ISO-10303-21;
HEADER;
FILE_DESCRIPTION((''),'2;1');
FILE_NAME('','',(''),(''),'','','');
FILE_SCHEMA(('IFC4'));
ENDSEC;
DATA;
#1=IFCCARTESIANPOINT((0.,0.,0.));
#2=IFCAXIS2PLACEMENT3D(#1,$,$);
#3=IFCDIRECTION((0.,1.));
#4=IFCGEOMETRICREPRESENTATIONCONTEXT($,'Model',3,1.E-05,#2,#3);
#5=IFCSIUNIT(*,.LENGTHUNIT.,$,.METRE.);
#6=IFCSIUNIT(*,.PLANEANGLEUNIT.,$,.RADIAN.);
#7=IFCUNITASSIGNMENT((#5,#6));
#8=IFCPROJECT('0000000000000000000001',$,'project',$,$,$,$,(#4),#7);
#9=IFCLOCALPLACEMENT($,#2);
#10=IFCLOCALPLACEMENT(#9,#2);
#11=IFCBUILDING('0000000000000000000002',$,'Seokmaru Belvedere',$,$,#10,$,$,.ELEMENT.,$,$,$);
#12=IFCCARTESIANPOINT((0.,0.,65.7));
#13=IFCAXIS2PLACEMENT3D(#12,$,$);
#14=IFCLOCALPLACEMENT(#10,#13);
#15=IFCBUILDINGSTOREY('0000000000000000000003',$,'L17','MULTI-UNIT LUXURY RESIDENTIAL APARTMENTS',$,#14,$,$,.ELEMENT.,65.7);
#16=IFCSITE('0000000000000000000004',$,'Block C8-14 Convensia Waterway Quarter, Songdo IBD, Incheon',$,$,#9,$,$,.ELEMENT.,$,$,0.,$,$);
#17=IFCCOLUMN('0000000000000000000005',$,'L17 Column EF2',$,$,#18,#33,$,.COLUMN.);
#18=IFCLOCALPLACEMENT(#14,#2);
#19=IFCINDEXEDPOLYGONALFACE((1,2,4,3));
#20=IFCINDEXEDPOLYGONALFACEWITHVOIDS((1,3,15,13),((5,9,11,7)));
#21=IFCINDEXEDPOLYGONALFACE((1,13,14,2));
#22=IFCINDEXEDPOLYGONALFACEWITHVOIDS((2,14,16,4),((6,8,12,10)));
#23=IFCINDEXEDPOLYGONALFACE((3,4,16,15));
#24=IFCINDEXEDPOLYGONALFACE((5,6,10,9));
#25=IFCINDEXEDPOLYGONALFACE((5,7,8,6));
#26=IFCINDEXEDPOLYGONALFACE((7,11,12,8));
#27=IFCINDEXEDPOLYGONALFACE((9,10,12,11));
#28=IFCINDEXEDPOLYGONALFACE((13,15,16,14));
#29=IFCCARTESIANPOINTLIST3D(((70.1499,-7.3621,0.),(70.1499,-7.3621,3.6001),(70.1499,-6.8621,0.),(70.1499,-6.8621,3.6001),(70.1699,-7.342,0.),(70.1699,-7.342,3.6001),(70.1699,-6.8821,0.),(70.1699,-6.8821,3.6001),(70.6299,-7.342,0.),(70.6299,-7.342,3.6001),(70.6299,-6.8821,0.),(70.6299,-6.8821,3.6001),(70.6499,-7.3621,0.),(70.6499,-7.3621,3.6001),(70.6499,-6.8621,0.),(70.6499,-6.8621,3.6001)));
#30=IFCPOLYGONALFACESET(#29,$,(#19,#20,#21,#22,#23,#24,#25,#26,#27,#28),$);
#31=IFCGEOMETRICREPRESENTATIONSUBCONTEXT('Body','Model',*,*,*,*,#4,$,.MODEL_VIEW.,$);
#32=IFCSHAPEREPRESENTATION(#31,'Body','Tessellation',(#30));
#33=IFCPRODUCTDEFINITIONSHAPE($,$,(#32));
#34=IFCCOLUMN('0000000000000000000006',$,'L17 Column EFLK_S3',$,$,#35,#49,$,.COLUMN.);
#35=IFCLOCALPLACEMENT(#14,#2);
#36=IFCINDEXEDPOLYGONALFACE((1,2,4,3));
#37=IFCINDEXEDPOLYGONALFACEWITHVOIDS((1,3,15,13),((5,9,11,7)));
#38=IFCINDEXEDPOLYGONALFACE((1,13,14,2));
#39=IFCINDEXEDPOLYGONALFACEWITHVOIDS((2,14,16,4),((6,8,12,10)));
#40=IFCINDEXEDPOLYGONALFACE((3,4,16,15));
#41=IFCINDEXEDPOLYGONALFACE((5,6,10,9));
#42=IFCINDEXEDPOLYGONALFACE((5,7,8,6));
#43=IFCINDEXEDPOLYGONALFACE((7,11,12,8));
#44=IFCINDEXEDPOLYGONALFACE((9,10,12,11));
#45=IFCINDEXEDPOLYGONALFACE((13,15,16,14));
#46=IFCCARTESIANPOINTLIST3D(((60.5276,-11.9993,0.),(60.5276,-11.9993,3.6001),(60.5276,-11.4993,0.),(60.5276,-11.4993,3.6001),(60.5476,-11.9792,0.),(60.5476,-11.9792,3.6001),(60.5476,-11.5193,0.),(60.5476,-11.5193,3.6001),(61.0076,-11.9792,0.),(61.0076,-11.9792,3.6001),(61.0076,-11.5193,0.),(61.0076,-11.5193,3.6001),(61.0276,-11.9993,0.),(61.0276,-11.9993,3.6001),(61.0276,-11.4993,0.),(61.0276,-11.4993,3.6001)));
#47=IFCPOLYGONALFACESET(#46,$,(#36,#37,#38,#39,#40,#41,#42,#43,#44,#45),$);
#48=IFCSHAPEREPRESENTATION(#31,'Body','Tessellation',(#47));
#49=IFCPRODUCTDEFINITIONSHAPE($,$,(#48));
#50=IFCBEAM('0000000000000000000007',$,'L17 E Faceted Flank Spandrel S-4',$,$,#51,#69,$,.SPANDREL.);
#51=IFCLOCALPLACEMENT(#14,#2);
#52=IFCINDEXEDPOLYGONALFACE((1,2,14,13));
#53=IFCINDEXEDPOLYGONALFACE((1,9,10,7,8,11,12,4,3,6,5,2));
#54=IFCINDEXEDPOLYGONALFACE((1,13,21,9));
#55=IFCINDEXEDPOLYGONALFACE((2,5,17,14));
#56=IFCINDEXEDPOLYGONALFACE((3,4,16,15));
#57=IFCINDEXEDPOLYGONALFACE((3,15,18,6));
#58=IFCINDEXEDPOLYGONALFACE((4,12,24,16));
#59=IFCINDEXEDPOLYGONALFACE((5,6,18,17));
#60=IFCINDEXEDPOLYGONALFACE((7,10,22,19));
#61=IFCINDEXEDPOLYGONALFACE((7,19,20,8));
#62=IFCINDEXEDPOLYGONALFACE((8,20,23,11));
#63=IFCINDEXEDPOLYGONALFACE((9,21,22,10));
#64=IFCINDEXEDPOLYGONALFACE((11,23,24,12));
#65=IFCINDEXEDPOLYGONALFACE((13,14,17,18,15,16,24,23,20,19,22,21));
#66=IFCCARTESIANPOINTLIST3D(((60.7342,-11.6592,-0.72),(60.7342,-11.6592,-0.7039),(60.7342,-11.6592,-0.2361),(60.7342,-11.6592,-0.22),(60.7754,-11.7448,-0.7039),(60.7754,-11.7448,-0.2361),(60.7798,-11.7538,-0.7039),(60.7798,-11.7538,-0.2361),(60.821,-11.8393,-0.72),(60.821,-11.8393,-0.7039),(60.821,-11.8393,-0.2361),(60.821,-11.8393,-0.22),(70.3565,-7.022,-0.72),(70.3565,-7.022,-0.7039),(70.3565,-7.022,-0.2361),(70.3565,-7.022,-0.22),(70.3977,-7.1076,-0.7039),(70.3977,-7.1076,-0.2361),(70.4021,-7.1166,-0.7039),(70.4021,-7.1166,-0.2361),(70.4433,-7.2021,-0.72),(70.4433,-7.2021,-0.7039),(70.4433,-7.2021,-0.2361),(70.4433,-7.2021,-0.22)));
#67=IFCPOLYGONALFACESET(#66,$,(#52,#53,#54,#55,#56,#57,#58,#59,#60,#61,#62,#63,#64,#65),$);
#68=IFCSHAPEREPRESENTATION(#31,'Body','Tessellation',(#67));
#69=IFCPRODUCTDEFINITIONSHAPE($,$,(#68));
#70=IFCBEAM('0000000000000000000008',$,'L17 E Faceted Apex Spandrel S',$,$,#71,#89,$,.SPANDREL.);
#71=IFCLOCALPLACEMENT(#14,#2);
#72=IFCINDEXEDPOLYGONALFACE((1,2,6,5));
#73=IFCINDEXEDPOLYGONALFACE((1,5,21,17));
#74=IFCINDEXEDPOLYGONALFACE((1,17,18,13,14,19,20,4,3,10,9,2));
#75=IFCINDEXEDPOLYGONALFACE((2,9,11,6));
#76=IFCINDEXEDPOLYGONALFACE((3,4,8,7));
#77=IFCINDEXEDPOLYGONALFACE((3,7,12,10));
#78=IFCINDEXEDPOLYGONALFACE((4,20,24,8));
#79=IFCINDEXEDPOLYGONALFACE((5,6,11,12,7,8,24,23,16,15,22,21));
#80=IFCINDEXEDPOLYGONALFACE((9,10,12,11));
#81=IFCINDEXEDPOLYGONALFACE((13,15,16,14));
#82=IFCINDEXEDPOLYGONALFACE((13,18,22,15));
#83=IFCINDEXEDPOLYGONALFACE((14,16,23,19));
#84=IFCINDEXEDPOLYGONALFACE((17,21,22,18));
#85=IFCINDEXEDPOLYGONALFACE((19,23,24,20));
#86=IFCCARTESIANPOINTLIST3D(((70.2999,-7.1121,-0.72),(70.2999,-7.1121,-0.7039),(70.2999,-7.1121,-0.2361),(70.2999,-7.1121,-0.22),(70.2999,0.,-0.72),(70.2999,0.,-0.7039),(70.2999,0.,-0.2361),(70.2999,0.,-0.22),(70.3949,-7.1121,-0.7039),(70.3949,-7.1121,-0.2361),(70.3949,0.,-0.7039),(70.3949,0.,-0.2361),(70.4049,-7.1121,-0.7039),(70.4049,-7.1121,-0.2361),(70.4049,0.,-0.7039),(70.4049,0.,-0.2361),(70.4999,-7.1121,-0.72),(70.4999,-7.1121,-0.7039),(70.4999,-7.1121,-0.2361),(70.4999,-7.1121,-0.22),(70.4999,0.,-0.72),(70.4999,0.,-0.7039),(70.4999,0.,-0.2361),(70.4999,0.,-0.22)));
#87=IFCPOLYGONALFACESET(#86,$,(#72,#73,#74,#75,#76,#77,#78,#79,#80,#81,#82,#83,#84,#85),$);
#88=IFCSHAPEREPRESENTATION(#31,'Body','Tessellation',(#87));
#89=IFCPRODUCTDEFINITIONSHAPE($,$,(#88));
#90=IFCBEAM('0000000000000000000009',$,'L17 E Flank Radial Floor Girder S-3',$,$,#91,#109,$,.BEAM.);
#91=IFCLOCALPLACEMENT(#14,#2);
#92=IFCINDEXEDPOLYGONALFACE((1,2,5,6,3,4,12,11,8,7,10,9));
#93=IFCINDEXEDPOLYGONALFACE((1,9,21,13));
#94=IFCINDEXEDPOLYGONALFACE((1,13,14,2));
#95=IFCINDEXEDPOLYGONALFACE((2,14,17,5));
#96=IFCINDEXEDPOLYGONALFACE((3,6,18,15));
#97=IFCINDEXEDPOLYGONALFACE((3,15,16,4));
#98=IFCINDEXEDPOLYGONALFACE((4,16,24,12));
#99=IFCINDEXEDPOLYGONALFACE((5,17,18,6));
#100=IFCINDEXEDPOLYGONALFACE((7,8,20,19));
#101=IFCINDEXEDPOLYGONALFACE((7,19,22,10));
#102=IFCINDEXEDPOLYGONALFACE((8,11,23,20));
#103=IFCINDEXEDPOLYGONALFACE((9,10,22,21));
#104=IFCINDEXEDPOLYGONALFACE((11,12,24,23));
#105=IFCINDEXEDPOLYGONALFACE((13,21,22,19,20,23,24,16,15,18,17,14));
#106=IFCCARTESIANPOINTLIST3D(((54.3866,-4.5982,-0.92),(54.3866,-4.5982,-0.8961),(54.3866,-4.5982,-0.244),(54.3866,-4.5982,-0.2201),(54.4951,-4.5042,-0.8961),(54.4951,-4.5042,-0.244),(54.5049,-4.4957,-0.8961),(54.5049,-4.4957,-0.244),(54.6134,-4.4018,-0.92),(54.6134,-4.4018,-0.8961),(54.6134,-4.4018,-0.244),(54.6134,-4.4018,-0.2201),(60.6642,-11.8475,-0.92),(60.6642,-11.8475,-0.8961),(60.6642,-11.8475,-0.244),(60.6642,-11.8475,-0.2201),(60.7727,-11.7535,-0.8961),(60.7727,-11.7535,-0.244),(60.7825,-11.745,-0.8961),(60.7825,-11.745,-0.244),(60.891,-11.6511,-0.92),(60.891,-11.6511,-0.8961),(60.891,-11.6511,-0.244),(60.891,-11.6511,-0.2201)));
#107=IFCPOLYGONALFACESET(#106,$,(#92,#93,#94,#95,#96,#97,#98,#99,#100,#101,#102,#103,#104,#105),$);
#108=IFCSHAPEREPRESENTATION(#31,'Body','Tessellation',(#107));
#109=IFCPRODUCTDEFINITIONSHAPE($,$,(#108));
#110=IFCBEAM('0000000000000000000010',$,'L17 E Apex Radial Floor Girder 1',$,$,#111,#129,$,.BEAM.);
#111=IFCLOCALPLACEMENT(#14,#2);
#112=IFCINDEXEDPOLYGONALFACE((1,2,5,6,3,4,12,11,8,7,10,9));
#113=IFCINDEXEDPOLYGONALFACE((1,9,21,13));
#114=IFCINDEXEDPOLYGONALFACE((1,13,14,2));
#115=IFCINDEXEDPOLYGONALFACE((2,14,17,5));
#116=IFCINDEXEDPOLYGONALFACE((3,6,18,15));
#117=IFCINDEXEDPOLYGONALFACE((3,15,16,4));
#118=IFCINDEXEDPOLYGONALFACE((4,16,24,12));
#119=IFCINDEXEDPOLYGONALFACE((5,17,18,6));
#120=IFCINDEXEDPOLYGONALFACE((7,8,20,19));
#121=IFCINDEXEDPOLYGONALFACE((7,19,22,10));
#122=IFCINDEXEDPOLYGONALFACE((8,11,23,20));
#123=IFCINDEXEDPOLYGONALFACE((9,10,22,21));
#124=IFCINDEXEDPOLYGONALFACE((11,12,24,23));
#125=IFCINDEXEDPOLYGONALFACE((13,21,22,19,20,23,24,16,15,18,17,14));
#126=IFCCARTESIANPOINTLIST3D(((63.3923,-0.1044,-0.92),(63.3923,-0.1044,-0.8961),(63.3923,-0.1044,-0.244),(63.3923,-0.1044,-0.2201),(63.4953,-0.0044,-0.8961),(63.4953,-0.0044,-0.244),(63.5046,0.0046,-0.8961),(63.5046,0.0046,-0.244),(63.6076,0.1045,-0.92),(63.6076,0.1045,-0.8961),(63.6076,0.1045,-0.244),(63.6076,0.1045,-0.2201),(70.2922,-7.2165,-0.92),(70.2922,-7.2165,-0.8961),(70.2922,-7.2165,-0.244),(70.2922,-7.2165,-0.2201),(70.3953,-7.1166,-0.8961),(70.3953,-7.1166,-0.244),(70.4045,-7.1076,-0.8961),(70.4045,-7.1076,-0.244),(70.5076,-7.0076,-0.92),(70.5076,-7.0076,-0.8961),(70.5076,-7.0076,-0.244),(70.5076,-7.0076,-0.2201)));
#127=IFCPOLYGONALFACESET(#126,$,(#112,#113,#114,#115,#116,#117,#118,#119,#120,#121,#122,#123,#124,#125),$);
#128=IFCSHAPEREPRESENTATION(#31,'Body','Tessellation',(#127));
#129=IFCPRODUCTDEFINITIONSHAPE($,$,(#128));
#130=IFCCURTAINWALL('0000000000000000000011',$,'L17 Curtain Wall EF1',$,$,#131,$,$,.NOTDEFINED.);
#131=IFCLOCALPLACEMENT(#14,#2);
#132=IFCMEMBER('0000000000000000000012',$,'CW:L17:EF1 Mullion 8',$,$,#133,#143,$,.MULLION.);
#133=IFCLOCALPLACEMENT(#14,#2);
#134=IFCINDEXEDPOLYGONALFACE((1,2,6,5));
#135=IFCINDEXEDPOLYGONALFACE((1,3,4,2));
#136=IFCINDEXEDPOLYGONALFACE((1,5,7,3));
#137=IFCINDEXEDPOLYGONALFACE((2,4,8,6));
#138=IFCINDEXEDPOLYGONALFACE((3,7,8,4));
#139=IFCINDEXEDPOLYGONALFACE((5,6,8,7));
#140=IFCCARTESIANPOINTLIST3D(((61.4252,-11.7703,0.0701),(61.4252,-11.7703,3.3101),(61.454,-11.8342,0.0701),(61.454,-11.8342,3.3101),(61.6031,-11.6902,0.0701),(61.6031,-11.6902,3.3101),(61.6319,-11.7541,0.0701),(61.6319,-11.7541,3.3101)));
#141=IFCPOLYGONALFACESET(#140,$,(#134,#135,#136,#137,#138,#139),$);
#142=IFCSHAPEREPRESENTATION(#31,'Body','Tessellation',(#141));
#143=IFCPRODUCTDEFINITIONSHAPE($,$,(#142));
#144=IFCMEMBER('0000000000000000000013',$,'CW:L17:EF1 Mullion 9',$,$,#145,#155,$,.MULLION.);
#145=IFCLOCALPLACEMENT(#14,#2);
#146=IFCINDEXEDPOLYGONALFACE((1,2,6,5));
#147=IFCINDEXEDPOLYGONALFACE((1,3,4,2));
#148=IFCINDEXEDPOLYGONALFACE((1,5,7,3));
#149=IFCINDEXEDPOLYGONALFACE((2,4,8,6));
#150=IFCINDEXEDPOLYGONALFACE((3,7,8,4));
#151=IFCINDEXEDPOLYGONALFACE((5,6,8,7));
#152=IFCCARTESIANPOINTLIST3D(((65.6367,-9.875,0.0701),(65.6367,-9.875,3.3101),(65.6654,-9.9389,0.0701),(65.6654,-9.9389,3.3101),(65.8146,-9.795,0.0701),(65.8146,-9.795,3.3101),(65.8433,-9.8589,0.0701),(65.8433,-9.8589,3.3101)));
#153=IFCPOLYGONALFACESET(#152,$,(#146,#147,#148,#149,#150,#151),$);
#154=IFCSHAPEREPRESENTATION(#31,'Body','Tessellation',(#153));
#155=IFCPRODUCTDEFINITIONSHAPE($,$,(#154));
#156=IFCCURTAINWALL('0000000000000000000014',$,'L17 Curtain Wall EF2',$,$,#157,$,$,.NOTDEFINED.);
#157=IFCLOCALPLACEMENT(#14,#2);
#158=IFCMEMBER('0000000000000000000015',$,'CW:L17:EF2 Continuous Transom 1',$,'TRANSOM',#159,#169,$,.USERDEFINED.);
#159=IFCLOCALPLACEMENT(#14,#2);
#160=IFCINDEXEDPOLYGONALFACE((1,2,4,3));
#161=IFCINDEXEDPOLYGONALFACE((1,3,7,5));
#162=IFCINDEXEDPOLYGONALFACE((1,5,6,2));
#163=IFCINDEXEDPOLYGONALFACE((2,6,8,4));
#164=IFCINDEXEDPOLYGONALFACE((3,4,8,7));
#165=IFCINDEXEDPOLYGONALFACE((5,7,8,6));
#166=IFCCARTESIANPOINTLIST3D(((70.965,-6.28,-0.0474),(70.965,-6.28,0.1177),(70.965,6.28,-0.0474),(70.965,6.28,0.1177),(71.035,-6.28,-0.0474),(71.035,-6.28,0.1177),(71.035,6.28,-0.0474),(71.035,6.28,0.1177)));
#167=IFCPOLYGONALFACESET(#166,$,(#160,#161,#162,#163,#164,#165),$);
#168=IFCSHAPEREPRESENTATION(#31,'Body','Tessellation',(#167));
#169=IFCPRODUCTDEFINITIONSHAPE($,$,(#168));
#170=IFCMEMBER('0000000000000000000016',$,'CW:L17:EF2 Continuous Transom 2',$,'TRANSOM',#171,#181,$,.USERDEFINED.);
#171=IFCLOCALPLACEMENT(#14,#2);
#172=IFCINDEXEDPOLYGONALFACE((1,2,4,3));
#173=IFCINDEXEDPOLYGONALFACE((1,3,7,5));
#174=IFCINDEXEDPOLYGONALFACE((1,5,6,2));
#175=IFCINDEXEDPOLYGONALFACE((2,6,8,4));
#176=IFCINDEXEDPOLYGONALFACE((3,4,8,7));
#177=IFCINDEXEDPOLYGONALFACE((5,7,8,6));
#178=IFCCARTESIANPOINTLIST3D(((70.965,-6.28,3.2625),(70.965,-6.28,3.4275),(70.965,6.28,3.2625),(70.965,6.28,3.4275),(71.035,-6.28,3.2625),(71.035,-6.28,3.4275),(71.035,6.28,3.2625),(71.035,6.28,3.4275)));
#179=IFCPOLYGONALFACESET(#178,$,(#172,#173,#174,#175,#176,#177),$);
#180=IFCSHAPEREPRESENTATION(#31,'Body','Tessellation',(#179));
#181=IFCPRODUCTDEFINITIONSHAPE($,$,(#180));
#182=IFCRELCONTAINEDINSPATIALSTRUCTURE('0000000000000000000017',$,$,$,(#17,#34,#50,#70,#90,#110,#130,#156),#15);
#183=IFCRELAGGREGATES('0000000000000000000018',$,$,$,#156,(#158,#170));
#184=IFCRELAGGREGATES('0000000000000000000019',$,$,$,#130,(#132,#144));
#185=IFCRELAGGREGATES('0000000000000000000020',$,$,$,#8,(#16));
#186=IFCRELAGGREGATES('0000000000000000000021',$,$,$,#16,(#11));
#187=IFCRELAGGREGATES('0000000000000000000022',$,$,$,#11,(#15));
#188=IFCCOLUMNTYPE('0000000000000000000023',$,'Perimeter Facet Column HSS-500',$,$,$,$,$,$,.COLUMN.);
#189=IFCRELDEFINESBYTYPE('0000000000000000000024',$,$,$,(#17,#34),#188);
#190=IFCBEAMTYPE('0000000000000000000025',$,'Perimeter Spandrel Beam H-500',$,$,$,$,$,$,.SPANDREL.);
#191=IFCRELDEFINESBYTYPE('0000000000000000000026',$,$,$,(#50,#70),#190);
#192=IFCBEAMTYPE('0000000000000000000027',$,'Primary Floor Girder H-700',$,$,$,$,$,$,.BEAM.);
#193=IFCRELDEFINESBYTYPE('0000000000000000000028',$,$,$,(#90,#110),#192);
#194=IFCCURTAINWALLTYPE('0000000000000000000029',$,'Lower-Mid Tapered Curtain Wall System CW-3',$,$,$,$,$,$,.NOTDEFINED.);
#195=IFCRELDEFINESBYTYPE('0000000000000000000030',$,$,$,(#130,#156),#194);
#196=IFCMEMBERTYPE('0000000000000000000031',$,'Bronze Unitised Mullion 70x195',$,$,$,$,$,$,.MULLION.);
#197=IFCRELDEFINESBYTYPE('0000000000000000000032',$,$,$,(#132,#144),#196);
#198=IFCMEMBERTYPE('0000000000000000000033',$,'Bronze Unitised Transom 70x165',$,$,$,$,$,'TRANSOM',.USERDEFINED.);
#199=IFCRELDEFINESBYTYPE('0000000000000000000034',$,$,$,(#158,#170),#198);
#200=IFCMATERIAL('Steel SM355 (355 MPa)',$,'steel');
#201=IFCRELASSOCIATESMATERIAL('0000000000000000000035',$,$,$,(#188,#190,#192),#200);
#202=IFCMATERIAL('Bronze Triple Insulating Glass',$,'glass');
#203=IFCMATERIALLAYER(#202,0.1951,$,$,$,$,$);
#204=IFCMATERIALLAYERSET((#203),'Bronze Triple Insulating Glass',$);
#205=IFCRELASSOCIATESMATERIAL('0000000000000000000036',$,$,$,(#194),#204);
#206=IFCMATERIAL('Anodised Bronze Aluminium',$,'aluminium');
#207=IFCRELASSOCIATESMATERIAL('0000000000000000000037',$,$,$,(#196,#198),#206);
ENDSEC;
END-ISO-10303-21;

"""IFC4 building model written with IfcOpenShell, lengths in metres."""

from ifc_helpers import new_model, si_unit, direction, frame, origin, origin_2d, place, context, subcontext, project, spatial, rectangle, hollow_rectangle, i_section, extrude, source, transform, mapped, material, layer, layer_set, material_profile, profile_set, type_object, type_shapes, element, aggregate, save


model = new_model("IFC4")

# Units and contexts
model_context = context("Model", 3, precision=1e-05, world=origin(), true_north=direction((0.0, 1.0)))
body_context = subcontext(model_context, "Body", "Model", "MODEL_VIEW")
ifc_project = project(units=[si_unit("LENGTHUNIT", "METRE"), si_unit("PLANEANGLEUNIT", "RADIAN")], contexts=[model_context])

# Site, building, storey
site_placement = place(None, origin())
site = spatial("IfcSite", under=ifc_project, at=site_placement, Name="Block C8-14 Convensia Waterway Quarter, Songdo IBD, Incheon", CompositionType="ELEMENT", RefElevation=0.0)
building_placement = place(site_placement, origin())
building = spatial("IfcBuilding", under=site, at=building_placement, Name="Seokmaru Belvedere", CompositionType="ELEMENT")
storey_placement = place(building_placement, frame((0.0, 0.0, 65.7)))
storey = spatial("IfcBuildingStorey", under=building, at=storey_placement, Name="L17", Description="MULTI-UNIT LUXURY RESIDENTIAL APARTMENTS", CompositionType="ELEMENT", Elevation=65.7)

# Columns
ifc_material_1 = material(Name="Steel SM355 (355 MPa)", Category="steel")
ifc_material_profile_1 = material_profile(ifc_material_1, hollow_rectangle(XDim=0.5, YDim=0.5, WallThickness=0.02, at=origin_2d()), Name="HSS-500x500x20")
ifc_profile_set_1 = profile_set([ifc_material_profile_1], Name="Steel SM355 (355 MPa)")
column_type = type_object("IfcColumnType", Name="Perimeter Facet Column HSS-500", PredefinedType="COLUMN", material=ifc_profile_set_1)
shared_shape_1 = source(origin(), body_context, "Body", "SweptSolid", [
    extrude(hollow_rectangle(XDim=0.5, YDim=0.5, WallThickness=0.02, at=origin_2d()), origin(), (0.0, 0.0, 1.0), 3.6001),
])
type_shapes(column_type, [shared_shape_1])
for number, where, z_axis, x_axis, name in (
    (1, (70.3999, -7.1121, 0.0), (0.0, 0.0, 1.0), (1.0, 0.0, 0.0), "L17 Column EF2"),
    (2, (60.7776, -11.7493, 0.0), (0.0, 0.0, 1.0), (1.0, 0.0, 0.0), "L17 Column EFLK_S3"),
):
    element("IfcColumn", number, at=place(storey_placement, frame(where, z_axis=z_axis, x_axis=x_axis)), inside=storey, type_object=column_type, Name=name, PredefinedType="COLUMN", context=body_context, shape_type="MappedRepresentation", body=[
        mapped(shared_shape_1, transform((0.0, 0.0, 0.0), scale=1.0)),
    ])

# Beams
ifc_material_profile_2 = material_profile(ifc_material_1, i_section(OverallWidth=0.2, OverallDepth=0.5, WebThickness=0.01, FlangeThickness=0.0161, at=origin_2d()), Name="H-500x200x10x16")
ifc_profile_set_2 = profile_set([ifc_material_profile_2], Name="Steel SM355 (355 MPa)")
beam_type_1 = type_object("IfcBeamType", Name="Perimeter Spandrel Beam H-500", PredefinedType="SPANDREL", material=ifc_profile_set_2)
shared_shape_2 = source(origin(), body_context, "Body", "SweptSolid", [
    extrude(i_section(OverallWidth=0.2, OverallDepth=0.5, WebThickness=0.01, FlangeThickness=0.0161, at=origin_2d()), origin(), (0.0, 0.0, 1.0), 10.6814),
])
beam_1_placement = place(storey_placement, frame((60.7776, -11.7493, -0.47), z_axis=(0.900846, 0.434138, 0.0), x_axis=(-0.434138, 0.900846, 0.0)))
element("IfcBeam", 3, at=beam_1_placement, inside=storey, type_object=beam_type_1, Name="L17 E Faceted Flank Spandrel S-4", PredefinedType="SPANDREL", context=body_context, shape_type="MappedRepresentation", body=[
    mapped(shared_shape_2, transform((0.0, 0.0, 0.0), scale=1.0)),
])
shared_shape_3 = source(origin(), body_context, "Body", "SweptSolid", [
    extrude(i_section(OverallWidth=0.2, OverallDepth=0.5, WebThickness=0.01, FlangeThickness=0.0161, at=origin_2d()), origin(), (0.0, 0.0, 1.0), 7.1121),
])
type_shapes(beam_type_1, [shared_shape_2, shared_shape_3])
beam_2_placement = place(storey_placement, frame((70.3999, -7.1121, -0.47), z_axis=(0.0, 1.0, 0.0), x_axis=(-1.0, 0.0, 0.0)))
element("IfcBeam", 4, at=beam_2_placement, inside=storey, type_object=beam_type_1, Name="L17 E Faceted Apex Spandrel S", PredefinedType="SPANDREL", context=body_context, shape_type="MappedRepresentation", body=[
    mapped(shared_shape_3, transform((0.0, 0.0, 0.0), scale=1.0)),
])
ifc_material_profile_3 = material_profile(ifc_material_1, i_section(OverallWidth=0.3, OverallDepth=0.7, WebThickness=0.0129, FlangeThickness=0.0239, at=origin_2d()), Name="H-700x300x13x24")
ifc_profile_set_3 = profile_set([ifc_material_profile_3], Name="Steel SM355 (355 MPa)")
beam_type_2 = type_object("IfcBeamType", Name="Primary Floor Girder H-700", PredefinedType="BEAM", material=ifc_profile_set_3)
shared_shape_4 = source(origin(), body_context, "Body", "SweptSolid", [
    extrude(i_section(OverallWidth=0.3, OverallDepth=0.7, WebThickness=0.0129, FlangeThickness=0.0239, at=origin_2d()), origin(), (0.0, 0.0, 1.0), 9.5896),
])
beam_3_placement = place(storey_placement, frame((60.7776, -11.7493, -0.5701), z_axis=(-0.654626, 0.755953, 0.0), x_axis=(-0.755953, -0.654626, 0.0)))
element("IfcBeam", 5, at=beam_3_placement, inside=storey, type_object=beam_type_2, Name="L17 E Flank Radial Floor Girder S-3", PredefinedType="BEAM", context=body_context, shape_type="MappedRepresentation", body=[
    mapped(shared_shape_4, transform((0.0, 0.0, 0.0), scale=1.0)),
])
shared_shape_5 = source(origin(), body_context, "Body", "SweptSolid", [
    extrude(i_section(OverallWidth=0.3, OverallDepth=0.7, WebThickness=0.0129, FlangeThickness=0.0239, at=origin_2d()), origin(), (0.0, 0.0, 1.0), 9.9092),
])
type_shapes(beam_type_2, [shared_shape_4, shared_shape_5])
beam_4_placement = place(storey_placement, frame((70.3999, -7.1121, -0.5701), z_axis=(-0.696321, 0.717731, 0.0), x_axis=(-0.717731, -0.696321, 0.0)))
element("IfcBeam", 6, at=beam_4_placement, inside=storey, type_object=beam_type_2, Name="L17 E Apex Radial Floor Girder 1", PredefinedType="BEAM", context=body_context, shape_type="MappedRepresentation", body=[
    mapped(shared_shape_5, transform((0.0, 0.0, 0.0), scale=1.0)),
])

# Curtain walls, members
ifc_material_2 = material(Name="Bronze Triple Insulating Glass", Category="glass")
ifc_layer_1 = layer(ifc_material_2, 0.1951)
ifc_layer_set_1 = layer_set([ifc_layer_1], Name="Bronze Triple Insulating Glass")
curtain_wall_type = type_object("IfcCurtainWallType", Name="Lower-Mid Tapered Curtain Wall System CW-3", PredefinedType="NOTDEFINED", material=ifc_layer_set_1)
curtain_wall_1_placement = place(storey_placement, origin())
curtain_wall_1 = element("IfcCurtainWall", 7, at=curtain_wall_1_placement, inside=storey, type_object=curtain_wall_type, Name="L17 Curtain Wall EF1", PredefinedType="NOTDEFINED")
ifc_material_3 = material(Name="Anodised Bronze Aluminium", Category="aluminium")
ifc_material_profile_4 = material_profile(ifc_material_3, rectangle(XDim=0.0701, YDim=0.1951, at=origin_2d()), Name="CW-M-70x195")
ifc_profile_set_4 = profile_set([ifc_material_profile_4], Name="Anodised Bronze Aluminium")
member_type_1 = type_object("IfcMemberType", Name="Bronze Unitised Mullion 70x195", PredefinedType="MULLION", material=ifc_profile_set_4)
shared_shape_6 = source(origin(), body_context, "Body", "SweptSolid", [
    extrude(rectangle(XDim=0.0701, YDim=0.1951, at=origin_2d()), origin(), (0.0, 0.0, 1.0), 3.24),
])
member_1_placement = place(storey_placement, frame((61.5286, -11.7622, 0.0701), z_axis=(0.0, 0.0, 1.0), x_axis=(-0.410366, 0.911921, 0.0)))
member_1 = element("IfcMember", 8, at=member_1_placement, type_object=member_type_1, Name="CW:L17:EF1 Mullion 8", PredefinedType="MULLION", context=body_context, shape_type="MappedRepresentation", body=[
    mapped(shared_shape_6, transform((0.0, 0.0, 0.0), scale=1.0)),
])
member_2_placement = place(storey_placement, frame((65.74, -9.8669, 0.0701), z_axis=(0.0, 0.0, 1.0), x_axis=(-0.410366, 0.911921, 0.0)))
member_2 = element("IfcMember", 9, at=member_2_placement, type_object=member_type_1, Name="CW:L17:EF1 Mullion 9", PredefinedType="MULLION", context=body_context, shape_type="MappedRepresentation", body=[
    mapped(shared_shape_6, transform((0.0, 0.0, 0.0), scale=1.0)),
])
curtain_wall_2_placement = place(storey_placement, origin())
curtain_wall_2 = element("IfcCurtainWall", 10, at=curtain_wall_2_placement, inside=storey, type_object=curtain_wall_type, Name="L17 Curtain Wall EF2", PredefinedType="NOTDEFINED")
ifc_material_profile_5 = material_profile(ifc_material_3, rectangle(XDim=0.0701, YDim=0.165, at=origin_2d()), Name="CW-T-70x165")
ifc_profile_set_5 = profile_set([ifc_material_profile_5], Name="Anodised Bronze Aluminium")
member_type_2 = type_object("IfcMemberType", Name="Bronze Unitised Transom 70x165", ElementType="TRANSOM", PredefinedType="USERDEFINED", material=ifc_profile_set_5)
shared_shape_7 = source(origin(), body_context, "Body", "SweptSolid", [
    extrude(rectangle(XDim=0.0701, YDim=0.165, at=origin_2d()), origin(), (0.0, 0.0, 1.0), 12.5601),
])
type_shapes(member_type_2, [shared_shape_7])
member_3_placement = place(storey_placement, frame((71.0, -6.28, 0.0352), z_axis=(0.0, 1.0, 0.0), x_axis=(-1.0, 0.0, 0.0)))
member_3 = element("IfcMember", 11, at=member_3_placement, type_object=member_type_2, Name="CW:L17:EF2 Continuous Transom 1", ObjectType="TRANSOM", PredefinedType="USERDEFINED", context=body_context, shape_type="MappedRepresentation", body=[
    mapped(shared_shape_7, transform((0.0, 0.0, 0.0), scale=1.0)),
])
member_4_placement = place(storey_placement, frame((71.0, -6.28, 3.345), z_axis=(0.0, 1.0, 0.0), x_axis=(-1.0, 0.0, 0.0)))
member_4 = element("IfcMember", 12, at=member_4_placement, type_object=member_type_2, Name="CW:L17:EF2 Continuous Transom 2", ObjectType="TRANSOM", PredefinedType="USERDEFINED", context=body_context, shape_type="MappedRepresentation", body=[
    mapped(shared_shape_7, transform((0.0, 0.0, 0.0), scale=1.0)),
])

aggregate(curtain_wall_2, [member_3, member_4])

aggregate(curtain_wall_1, [member_1, member_2])

save(model, "model.ifc")
